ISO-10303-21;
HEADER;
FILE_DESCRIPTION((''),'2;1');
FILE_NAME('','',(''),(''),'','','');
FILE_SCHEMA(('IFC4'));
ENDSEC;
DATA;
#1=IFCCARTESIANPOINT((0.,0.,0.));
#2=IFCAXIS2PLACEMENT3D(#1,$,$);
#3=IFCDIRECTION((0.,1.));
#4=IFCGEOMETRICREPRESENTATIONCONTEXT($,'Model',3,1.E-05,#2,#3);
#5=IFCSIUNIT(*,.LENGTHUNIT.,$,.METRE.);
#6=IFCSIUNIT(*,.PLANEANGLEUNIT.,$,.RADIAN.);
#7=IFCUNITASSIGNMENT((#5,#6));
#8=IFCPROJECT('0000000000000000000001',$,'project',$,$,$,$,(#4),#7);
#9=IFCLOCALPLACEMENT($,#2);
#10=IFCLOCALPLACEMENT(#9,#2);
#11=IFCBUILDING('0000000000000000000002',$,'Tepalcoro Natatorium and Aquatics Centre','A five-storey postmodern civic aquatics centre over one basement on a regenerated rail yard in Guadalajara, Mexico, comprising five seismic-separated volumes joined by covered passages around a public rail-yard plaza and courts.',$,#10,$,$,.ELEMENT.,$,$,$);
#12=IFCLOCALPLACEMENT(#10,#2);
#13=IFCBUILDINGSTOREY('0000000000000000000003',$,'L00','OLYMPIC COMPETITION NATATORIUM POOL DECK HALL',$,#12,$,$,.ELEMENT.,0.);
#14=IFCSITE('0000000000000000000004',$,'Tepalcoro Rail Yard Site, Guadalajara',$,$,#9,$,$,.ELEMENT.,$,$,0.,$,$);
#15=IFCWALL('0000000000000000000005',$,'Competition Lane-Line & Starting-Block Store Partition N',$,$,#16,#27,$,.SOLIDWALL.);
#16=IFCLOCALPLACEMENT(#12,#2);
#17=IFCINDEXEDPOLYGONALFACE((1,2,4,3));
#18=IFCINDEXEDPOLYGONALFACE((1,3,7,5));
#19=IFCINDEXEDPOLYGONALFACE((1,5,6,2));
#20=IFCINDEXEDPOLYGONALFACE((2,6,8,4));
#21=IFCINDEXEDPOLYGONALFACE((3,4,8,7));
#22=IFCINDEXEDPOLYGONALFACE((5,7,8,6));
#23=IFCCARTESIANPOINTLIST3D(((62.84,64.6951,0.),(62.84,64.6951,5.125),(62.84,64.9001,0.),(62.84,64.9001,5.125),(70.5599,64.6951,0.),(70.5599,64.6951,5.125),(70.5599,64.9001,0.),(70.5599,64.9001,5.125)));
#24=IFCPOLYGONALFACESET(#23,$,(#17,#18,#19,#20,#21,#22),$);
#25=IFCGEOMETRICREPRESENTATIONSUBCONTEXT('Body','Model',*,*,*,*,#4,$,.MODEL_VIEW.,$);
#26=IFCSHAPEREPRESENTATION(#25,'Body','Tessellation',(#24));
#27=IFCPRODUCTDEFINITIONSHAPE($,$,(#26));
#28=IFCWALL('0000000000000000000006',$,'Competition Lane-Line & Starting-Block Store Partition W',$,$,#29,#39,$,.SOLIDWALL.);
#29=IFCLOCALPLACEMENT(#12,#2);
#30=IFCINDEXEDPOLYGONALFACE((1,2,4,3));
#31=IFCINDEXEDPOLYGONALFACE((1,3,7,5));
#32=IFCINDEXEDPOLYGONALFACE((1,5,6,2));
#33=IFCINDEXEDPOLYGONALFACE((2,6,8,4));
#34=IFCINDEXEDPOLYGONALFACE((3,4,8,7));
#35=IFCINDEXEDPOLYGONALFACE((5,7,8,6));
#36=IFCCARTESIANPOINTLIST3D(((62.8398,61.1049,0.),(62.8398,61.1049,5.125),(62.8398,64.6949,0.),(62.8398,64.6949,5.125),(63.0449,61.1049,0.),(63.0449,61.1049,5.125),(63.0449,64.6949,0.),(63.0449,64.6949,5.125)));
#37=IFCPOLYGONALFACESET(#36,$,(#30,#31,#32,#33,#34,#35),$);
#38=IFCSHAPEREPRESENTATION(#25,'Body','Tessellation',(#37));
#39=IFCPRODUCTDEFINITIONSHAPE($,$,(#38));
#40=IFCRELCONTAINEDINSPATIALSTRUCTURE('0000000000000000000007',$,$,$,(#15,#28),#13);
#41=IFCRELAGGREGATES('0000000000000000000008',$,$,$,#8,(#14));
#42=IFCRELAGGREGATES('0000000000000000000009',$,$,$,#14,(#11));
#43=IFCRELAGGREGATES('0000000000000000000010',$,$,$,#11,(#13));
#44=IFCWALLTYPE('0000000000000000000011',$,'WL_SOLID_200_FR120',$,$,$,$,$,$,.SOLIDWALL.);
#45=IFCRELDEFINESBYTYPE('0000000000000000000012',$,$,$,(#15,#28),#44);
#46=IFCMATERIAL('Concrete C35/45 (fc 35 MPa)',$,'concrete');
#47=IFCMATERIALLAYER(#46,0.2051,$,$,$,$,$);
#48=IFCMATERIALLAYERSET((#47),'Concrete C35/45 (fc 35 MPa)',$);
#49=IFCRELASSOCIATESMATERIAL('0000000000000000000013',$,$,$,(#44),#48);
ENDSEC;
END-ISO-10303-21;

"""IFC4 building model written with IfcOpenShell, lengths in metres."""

from ifc_helpers import new_model, si_unit, direction, frame, frame_2d, origin, place, context, subcontext, project, spatial, rectangle, extrude, material, layer, layer_set, type_object, element, save


model = new_model("IFC4")

# Units and contexts
model_context = context("Model", 3, precision=1e-05, world=origin(), true_north=direction((0.0, 1.0)))
body_context = subcontext(model_context, "Body", "Model", "MODEL_VIEW")
ifc_project = project(units=[si_unit("LENGTHUNIT", "METRE"), si_unit("PLANEANGLEUNIT", "RADIAN")], contexts=[model_context])

# Site, building, storey
site_placement = place(None, origin())
site = spatial("IfcSite", under=ifc_project, at=site_placement, Name="Tepalcoro Rail Yard Site, Guadalajara", CompositionType="ELEMENT", RefElevation=0.0)
building_placement = place(site_placement, origin())
building = spatial("IfcBuilding", under=site, at=building_placement, Name="Tepalcoro Natatorium and Aquatics Centre", Description="A five-storey postmodern civic aquatics centre over one basement on a regenerated rail yard in Guadalajara, Mexico, comprising five seismic-separated volumes joined by covered passages around a public rail-yard plaza and courts.", CompositionType="ELEMENT")
storey_placement = place(building_placement, origin())
storey = spatial("IfcBuildingStorey", under=building, at=storey_placement, Name="L00", Description="OLYMPIC COMPETITION NATATORIUM POOL DECK HALL", CompositionType="ELEMENT", Elevation=0.0)

# Shared definitions
ifc_material_1 = material(Name="Concrete C35/45 (fc 35 MPa)", Category="concrete")
ifc_layer_1 = layer(ifc_material_1, 0.2051)
ifc_layer_set_1 = layer_set([ifc_layer_1], Name="Concrete C35/45 (fc 35 MPa)")
wall_type_1 = type_object("IfcWallType", Name="WL_SOLID_200_FR120", PredefinedType="SOLIDWALL", material=ifc_layer_set_1)

# Walls
wall_1_placement = place(storey_placement, frame((62.8401, 64.7976, 0.0), z_axis=(0.0, 0.0, 1.0), x_axis=(1.0, 0.0, 0.0)))
element("IfcWall", 1, at=wall_1_placement, inside=storey, type_object=wall_type_1, Name="Competition Lane-Line & Starting-Block Store Partition N", PredefinedType="SOLIDWALL", context=body_context, shape_type="SweptSolid", body=[
    extrude(rectangle(XDim=7.72, YDim=0.2051, at=frame_2d((3.8599, 0.0))), origin(), (0.0, 0.0, 1.0), 5.125),
])
wall_2_placement = place(storey_placement, frame((62.9424, 61.105, 0.0), z_axis=(0.0, 0.0, 1.0), x_axis=(0.0, 1.0, 0.0)))
element("IfcWall", 2, at=wall_2_placement, inside=storey, type_object=wall_type_1, Name="Competition Lane-Line & Starting-Block Store Partition W", PredefinedType="SOLIDWALL", context=body_context, shape_type="SweptSolid", body=[
    extrude(rectangle(XDim=3.5901, YDim=0.2051, at=frame_2d((1.7949, 0.0))), origin(), (0.0, 0.0, 1.0), 5.125),
])

save(model, "model.ifc")
